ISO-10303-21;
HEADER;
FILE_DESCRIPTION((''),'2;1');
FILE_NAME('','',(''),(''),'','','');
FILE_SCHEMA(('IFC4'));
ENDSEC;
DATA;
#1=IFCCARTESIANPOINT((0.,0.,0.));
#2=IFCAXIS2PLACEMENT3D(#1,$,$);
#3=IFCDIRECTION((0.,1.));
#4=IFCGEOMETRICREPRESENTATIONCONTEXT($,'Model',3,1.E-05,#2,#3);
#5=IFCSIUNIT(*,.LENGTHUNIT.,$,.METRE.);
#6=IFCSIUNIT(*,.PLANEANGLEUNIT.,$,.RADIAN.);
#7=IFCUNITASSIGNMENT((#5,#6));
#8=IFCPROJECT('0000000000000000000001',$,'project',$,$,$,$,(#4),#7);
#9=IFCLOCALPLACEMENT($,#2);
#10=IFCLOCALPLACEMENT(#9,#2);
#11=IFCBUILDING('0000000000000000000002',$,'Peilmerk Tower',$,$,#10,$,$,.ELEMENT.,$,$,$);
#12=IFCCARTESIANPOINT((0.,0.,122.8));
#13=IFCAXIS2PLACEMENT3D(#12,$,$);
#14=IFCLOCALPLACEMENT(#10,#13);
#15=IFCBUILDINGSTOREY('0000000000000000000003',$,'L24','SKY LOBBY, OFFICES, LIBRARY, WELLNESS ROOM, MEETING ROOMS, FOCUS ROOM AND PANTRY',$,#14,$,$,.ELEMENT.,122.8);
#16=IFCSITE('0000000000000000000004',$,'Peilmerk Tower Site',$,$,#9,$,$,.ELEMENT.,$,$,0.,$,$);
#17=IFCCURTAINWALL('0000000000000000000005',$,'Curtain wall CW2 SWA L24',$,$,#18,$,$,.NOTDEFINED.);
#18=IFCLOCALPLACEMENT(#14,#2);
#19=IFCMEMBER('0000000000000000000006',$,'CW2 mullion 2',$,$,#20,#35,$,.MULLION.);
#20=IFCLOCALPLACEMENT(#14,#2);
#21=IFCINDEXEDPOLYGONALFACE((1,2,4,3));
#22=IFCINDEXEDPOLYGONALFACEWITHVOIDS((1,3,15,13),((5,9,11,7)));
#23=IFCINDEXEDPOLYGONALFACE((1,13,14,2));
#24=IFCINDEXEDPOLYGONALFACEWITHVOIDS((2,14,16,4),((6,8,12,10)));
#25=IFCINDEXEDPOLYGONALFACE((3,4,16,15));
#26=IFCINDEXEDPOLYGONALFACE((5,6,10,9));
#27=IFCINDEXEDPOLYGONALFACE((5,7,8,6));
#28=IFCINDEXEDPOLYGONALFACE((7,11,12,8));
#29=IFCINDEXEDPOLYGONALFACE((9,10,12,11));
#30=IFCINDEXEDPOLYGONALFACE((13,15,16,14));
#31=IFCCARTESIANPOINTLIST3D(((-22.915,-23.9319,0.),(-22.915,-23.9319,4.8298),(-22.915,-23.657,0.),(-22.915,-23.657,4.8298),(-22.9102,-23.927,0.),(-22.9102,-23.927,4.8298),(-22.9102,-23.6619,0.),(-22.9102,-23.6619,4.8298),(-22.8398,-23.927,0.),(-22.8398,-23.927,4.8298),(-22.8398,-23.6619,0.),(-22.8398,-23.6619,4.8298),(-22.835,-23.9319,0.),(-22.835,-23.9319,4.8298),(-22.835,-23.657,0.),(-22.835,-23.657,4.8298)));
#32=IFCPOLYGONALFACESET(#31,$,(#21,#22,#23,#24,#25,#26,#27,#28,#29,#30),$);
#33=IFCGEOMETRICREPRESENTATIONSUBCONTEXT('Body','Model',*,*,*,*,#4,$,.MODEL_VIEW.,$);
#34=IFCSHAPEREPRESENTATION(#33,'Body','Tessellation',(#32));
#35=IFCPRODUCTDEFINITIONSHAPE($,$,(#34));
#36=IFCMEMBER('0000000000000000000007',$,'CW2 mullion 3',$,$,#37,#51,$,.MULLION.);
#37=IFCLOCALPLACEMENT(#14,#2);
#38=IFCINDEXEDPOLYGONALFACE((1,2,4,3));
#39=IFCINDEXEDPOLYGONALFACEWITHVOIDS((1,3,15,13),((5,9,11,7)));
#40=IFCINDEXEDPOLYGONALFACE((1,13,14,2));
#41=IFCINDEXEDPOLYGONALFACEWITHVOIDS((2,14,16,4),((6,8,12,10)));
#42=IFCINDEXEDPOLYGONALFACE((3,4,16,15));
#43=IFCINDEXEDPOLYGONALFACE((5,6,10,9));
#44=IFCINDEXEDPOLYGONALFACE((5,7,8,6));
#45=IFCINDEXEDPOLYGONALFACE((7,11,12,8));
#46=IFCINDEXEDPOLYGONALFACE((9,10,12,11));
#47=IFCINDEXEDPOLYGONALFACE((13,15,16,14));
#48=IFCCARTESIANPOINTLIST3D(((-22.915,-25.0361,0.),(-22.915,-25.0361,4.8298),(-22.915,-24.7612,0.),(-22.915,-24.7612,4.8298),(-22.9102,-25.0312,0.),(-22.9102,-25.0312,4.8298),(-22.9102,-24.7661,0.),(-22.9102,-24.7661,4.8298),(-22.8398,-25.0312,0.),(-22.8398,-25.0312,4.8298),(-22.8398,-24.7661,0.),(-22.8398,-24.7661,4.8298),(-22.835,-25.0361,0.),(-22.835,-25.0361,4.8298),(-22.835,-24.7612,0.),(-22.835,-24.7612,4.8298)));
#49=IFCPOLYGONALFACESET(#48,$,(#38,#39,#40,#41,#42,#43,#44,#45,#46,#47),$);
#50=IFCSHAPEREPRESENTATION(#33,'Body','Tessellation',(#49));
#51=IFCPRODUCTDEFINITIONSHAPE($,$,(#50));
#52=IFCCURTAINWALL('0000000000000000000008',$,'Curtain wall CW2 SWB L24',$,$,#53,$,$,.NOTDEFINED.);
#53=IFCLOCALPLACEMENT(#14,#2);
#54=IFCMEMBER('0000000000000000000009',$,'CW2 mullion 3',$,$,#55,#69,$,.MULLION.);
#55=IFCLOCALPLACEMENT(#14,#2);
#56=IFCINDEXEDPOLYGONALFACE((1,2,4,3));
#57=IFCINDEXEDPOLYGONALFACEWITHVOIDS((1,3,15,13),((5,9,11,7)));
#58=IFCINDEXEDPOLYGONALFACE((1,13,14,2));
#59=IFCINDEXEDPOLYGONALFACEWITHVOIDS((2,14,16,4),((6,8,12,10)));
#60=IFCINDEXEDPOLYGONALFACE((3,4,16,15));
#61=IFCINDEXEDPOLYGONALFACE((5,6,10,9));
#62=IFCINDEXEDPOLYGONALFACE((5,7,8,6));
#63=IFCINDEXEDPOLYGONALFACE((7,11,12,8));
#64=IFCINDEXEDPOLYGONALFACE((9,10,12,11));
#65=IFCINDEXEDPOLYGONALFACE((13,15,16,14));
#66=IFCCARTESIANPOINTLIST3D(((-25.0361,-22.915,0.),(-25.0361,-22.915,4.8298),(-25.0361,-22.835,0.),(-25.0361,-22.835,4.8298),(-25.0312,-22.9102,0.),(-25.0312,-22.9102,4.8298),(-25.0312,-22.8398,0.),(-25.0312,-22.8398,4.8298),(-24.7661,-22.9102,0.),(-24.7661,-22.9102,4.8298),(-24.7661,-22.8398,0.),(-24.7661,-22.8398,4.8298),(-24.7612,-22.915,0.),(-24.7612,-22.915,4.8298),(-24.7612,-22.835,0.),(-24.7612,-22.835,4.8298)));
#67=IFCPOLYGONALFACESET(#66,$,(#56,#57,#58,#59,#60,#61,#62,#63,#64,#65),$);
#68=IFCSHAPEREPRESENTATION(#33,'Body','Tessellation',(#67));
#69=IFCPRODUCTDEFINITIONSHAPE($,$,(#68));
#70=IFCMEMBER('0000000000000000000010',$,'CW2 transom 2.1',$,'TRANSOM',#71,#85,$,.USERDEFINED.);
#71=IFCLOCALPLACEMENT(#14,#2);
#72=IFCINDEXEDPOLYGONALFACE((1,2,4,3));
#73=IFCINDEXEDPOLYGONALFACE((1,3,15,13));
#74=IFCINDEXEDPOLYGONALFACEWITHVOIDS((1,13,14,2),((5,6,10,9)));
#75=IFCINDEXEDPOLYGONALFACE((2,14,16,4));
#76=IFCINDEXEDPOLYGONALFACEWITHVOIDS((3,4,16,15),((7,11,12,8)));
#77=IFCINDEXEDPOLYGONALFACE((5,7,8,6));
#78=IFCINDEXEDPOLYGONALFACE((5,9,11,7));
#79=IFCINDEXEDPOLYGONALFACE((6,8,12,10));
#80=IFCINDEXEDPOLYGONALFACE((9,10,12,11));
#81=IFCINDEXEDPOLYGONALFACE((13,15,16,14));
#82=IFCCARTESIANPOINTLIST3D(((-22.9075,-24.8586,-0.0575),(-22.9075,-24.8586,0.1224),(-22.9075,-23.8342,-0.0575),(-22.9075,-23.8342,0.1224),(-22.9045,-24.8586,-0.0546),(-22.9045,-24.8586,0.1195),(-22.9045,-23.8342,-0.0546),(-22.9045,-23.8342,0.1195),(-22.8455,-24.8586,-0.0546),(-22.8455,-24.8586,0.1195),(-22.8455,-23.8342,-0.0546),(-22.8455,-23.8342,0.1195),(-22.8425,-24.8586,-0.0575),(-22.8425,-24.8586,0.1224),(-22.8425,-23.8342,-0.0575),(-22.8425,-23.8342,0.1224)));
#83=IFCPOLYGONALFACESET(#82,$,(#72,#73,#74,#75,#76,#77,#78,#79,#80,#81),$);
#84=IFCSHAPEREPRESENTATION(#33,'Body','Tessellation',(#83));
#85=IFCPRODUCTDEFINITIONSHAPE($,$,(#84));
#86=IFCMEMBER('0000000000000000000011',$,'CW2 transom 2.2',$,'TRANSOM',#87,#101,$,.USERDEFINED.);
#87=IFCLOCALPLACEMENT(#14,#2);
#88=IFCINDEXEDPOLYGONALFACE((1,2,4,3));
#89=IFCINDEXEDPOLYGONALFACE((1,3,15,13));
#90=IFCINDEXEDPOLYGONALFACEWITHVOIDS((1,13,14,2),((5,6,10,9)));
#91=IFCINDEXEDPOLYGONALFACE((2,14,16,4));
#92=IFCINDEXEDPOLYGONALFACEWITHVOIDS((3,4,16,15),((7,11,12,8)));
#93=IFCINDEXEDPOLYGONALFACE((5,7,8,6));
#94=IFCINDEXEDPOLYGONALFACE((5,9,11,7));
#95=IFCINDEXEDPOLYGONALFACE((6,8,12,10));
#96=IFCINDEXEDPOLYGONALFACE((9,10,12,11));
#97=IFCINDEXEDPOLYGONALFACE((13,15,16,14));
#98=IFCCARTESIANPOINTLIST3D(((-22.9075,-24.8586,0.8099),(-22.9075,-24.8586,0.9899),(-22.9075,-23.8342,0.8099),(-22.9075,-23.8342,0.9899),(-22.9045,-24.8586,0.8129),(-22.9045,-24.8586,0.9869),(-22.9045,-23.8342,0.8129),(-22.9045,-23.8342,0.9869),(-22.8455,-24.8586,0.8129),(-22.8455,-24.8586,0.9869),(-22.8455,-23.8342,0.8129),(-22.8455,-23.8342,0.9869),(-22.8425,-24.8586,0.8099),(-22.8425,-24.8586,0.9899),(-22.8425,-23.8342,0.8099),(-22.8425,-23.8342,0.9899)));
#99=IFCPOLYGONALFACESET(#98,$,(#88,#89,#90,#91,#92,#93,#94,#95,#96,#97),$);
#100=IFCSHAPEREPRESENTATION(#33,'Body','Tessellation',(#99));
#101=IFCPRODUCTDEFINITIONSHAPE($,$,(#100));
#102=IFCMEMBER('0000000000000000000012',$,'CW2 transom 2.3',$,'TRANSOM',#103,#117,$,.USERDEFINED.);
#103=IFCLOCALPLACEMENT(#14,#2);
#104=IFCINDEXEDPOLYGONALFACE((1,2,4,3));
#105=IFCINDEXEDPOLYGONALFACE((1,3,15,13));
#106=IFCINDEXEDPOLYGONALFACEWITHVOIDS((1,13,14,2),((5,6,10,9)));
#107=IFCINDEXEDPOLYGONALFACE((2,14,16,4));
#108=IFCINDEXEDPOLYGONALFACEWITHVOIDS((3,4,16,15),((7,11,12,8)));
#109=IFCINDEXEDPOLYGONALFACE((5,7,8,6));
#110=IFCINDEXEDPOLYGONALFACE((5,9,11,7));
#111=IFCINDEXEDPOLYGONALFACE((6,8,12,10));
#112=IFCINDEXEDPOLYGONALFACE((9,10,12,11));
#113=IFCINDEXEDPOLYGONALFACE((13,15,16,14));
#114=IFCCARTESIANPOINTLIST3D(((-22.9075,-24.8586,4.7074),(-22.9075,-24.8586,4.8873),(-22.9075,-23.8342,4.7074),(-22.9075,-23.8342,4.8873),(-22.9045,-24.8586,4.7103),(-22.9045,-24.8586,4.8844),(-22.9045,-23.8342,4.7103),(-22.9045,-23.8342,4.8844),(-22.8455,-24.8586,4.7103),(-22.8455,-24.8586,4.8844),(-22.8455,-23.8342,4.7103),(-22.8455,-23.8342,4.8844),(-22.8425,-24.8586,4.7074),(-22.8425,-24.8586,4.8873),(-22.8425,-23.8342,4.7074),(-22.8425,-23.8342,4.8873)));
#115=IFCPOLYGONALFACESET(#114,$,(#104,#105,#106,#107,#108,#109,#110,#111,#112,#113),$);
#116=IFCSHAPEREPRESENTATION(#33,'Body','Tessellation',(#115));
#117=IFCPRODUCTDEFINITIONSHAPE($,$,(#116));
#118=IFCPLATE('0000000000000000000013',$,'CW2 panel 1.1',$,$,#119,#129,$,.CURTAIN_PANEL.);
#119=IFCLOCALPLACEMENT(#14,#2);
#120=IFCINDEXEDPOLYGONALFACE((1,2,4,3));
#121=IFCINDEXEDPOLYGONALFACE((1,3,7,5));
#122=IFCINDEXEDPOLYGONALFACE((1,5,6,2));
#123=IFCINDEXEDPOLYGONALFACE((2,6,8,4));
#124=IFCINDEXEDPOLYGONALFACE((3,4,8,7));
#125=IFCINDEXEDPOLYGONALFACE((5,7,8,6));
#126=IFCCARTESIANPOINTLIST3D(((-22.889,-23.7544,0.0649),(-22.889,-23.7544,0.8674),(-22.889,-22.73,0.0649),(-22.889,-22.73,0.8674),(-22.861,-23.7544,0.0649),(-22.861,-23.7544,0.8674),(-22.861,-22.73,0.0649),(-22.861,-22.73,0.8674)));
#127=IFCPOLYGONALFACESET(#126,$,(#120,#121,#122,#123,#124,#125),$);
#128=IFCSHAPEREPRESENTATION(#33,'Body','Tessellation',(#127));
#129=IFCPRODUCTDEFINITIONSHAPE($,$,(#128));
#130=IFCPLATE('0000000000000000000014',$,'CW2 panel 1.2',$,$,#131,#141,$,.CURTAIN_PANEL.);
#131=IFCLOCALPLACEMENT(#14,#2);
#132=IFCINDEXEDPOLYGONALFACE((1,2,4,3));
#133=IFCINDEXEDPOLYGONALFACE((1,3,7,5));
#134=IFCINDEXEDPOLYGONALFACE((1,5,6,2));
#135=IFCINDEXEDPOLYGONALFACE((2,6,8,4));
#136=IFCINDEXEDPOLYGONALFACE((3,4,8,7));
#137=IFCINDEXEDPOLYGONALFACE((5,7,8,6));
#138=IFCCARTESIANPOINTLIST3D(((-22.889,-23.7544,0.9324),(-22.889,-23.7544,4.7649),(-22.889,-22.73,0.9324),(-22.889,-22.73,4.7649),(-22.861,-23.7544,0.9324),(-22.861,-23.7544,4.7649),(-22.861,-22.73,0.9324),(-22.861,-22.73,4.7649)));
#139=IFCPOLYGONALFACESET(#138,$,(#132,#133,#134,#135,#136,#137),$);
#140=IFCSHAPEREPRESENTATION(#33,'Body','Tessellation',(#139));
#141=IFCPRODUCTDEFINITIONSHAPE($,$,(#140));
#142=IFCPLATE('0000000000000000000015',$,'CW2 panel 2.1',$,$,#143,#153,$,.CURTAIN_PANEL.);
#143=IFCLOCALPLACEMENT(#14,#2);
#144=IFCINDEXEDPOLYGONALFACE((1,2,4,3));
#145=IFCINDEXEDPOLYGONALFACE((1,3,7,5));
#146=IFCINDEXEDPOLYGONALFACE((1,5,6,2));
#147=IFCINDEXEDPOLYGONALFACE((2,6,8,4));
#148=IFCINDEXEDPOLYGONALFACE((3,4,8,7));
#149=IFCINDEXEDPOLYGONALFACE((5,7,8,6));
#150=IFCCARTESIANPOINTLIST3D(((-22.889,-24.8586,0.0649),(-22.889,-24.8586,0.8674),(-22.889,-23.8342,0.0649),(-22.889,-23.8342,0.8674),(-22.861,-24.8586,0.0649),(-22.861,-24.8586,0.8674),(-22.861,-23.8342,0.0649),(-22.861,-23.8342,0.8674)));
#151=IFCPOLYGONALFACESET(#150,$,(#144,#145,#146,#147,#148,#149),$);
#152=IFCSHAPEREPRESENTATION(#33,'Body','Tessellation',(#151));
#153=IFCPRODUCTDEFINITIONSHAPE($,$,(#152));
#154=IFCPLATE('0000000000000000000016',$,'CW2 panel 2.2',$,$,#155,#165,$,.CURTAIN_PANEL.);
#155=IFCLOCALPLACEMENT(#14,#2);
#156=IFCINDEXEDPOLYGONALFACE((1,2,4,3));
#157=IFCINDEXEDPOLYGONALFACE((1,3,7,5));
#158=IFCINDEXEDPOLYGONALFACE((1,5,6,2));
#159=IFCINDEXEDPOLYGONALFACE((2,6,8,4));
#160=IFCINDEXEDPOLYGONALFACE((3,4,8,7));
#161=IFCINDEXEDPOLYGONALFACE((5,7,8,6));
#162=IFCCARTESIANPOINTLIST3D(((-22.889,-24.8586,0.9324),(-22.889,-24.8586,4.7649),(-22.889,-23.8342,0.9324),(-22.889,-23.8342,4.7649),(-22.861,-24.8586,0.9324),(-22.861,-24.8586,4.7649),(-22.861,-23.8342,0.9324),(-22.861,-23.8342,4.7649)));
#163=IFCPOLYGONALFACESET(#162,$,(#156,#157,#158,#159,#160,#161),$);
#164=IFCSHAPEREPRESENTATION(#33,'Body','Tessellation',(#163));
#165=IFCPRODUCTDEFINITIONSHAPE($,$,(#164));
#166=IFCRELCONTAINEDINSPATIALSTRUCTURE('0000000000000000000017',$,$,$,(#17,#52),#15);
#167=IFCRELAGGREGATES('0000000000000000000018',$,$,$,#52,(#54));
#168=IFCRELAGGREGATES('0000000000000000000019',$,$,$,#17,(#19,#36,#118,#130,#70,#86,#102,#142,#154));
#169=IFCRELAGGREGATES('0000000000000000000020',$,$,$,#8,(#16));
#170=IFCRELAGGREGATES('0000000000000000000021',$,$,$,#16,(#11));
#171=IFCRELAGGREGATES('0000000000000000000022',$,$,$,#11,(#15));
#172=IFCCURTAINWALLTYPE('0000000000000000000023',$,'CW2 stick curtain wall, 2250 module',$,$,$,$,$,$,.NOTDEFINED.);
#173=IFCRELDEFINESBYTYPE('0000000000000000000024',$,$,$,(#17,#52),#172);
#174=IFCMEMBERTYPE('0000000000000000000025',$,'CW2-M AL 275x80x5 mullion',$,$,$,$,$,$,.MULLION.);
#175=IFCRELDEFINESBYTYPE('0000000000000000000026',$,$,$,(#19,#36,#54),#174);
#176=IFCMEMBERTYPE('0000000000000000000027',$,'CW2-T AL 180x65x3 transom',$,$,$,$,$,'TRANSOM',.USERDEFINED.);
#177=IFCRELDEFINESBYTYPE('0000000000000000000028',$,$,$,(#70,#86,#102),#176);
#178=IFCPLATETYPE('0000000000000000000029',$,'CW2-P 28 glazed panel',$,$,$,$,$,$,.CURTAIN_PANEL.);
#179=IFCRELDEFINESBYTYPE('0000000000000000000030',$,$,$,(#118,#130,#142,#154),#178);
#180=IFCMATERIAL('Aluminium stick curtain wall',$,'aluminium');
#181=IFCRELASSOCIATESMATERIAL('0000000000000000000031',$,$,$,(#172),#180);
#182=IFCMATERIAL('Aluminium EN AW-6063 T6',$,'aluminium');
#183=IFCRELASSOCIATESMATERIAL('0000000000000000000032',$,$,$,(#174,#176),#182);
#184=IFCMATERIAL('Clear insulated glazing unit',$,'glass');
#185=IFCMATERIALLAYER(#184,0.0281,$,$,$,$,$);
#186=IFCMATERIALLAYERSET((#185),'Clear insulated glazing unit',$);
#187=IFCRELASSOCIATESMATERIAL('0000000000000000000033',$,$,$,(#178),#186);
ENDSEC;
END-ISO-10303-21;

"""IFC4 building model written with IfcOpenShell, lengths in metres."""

from ifc_helpers import new_model, si_unit, direction, frame, origin, origin_2d, place, context, subcontext, project, spatial, rectangle, hollow_rectangle, extrude, material, layer, layer_set, material_profile, profile_set, type_object, element, aggregate, save


model = new_model("IFC4")

# Units and contexts
model_context = context("Model", 3, precision=1e-05, world=origin(), true_north=direction((0.0, 1.0)))
body_context = subcontext(model_context, "Body", "Model", "MODEL_VIEW")
ifc_project = project(units=[si_unit("LENGTHUNIT", "METRE"), si_unit("PLANEANGLEUNIT", "RADIAN")], contexts=[model_context])

# Site, building, storey
site_placement = place(None, origin())
site = spatial("IfcSite", under=ifc_project, at=site_placement, Name="Peilmerk Tower Site", CompositionType="ELEMENT", RefElevation=0.0)
building_placement = place(site_placement, origin())
building = spatial("IfcBuilding", under=site, at=building_placement, Name="Peilmerk Tower", CompositionType="ELEMENT")
storey_placement = place(building_placement, frame((0.0, 0.0, 122.8)))
storey = spatial("IfcBuildingStorey", under=building, at=storey_placement, Name="L24", Description="SKY LOBBY, OFFICES, LIBRARY, WELLNESS ROOM, MEETING ROOMS, FOCUS ROOM AND PANTRY", CompositionType="ELEMENT", Elevation=122.8)

# Curtain wall, members
ifc_material_1 = material(Name="Aluminium stick curtain wall", Category="aluminium")
curtain_wall_type = type_object("IfcCurtainWallType", Name="CW2 stick curtain wall, 2250 module", PredefinedType="NOTDEFINED", material=ifc_material_1)
curtain_wall_1_placement = place(storey_placement, origin())
curtain_wall_1 = element("IfcCurtainWall", 1, at=curtain_wall_1_placement, inside=storey, type_object=curtain_wall_type, Name="Curtain wall CW2 SWA L24", PredefinedType="NOTDEFINED")
ifc_material_2 = material(Name="Aluminium EN AW-6063 T6", Category="aluminium")
ifc_material_profile_1 = material_profile(ifc_material_2, hollow_rectangle(XDim=0.0801, YDim=0.2749, WallThickness=0.0049, at=origin_2d()), Name="AL 275x80x5")
ifc_profile_set_1 = profile_set([ifc_material_profile_1], Name="Aluminium EN AW-6063 T6")
member_type_1 = type_object("IfcMemberType", Name="CW2-M AL 275x80x5 mullion", PredefinedType="MULLION", material=ifc_profile_set_1)
member_1_placement = place(storey_placement, frame((-22.875, -23.7944, 0.0), z_axis=(0.0, 0.0, 1.0), x_axis=(1.0, 0.0, 0.0)))
member_1 = element("IfcMember", 2, at=member_1_placement, type_object=member_type_1, Name="CW2 mullion 2", PredefinedType="MULLION", context=body_context, shape_type="SweptSolid", body=[
    extrude(hollow_rectangle(XDim=0.0801, YDim=0.2749, WallThickness=0.0049, at=origin_2d()), origin(), (0.0, 0.0, 1.0), 4.8298),
])
member_2_placement = place(storey_placement, frame((-22.875, -24.8987, 0.0), z_axis=(0.0, 0.0, 1.0), x_axis=(1.0, 0.0, 0.0)))
member_2 = element("IfcMember", 3, at=member_2_placement, type_object=member_type_1, Name="CW2 mullion 3", PredefinedType="MULLION", context=body_context, shape_type="SweptSolid", body=[
    extrude(hollow_rectangle(XDim=0.0801, YDim=0.2749, WallThickness=0.0049, at=origin_2d()), origin(), (0.0, 0.0, 1.0), 4.8298),
])

# Curtain wall, member
curtain_wall_2_placement = place(storey_placement, origin())
curtain_wall_2 = element("IfcCurtainWall", 4, at=curtain_wall_2_placement, inside=storey, type_object=curtain_wall_type, Name="Curtain wall CW2 SWB L24", PredefinedType="NOTDEFINED")
member_3_placement = place(storey_placement, frame((-24.8987, -22.875, 0.0), z_axis=(0.0, 0.0, 1.0), x_axis=(0.0, -1.0, 0.0)))
member_3 = element("IfcMember", 5, at=member_3_placement, type_object=member_type_1, Name="CW2 mullion 3", PredefinedType="MULLION", context=body_context, shape_type="SweptSolid", body=[
    extrude(hollow_rectangle(XDim=0.0801, YDim=0.2749, WallThickness=0.0049, at=origin_2d()), origin(), (0.0, 0.0, 1.0), 4.8298),
])
aggregate(curtain_wall_2, [member_3])

# Members
ifc_material_profile_2 = material_profile(ifc_material_2, hollow_rectangle(XDim=0.0649, YDim=0.1799, WallThickness=0.0029, at=origin_2d()), Name="AL 180x65x3")
ifc_profile_set_2 = profile_set([ifc_material_profile_2], Name="Aluminium EN AW-6063 T6")
member_type_2 = type_object("IfcMemberType", Name="CW2-T AL 180x65x3 transom", ElementType="TRANSOM", PredefinedType="USERDEFINED", material=ifc_profile_set_2)
member_4_placement = place(storey_placement, frame((-22.875, -23.8342, 0.0325), z_axis=(0.0, -1.0, 0.0), x_axis=(1.0, 0.0, 0.0)))
member_4 = element("IfcMember", 6, at=member_4_placement, type_object=member_type_2, Name="CW2 transom 2.1", ObjectType="TRANSOM", PredefinedType="USERDEFINED", context=body_context, shape_type="SweptSolid", body=[
    extrude(hollow_rectangle(XDim=0.0649, YDim=0.1799, WallThickness=0.0029, at=origin_2d()), origin(), (0.0, 0.0, 1.0), 1.0244),
])
member_5_placement = place(storey_placement, frame((-22.875, -23.8342, 0.8999), z_axis=(0.0, -1.0, 0.0), x_axis=(1.0, 0.0, 0.0)))
member_5 = element("IfcMember", 7, at=member_5_placement, type_object=member_type_2, Name="CW2 transom 2.2", ObjectType="TRANSOM", PredefinedType="USERDEFINED", context=body_context, shape_type="SweptSolid", body=[
    extrude(hollow_rectangle(XDim=0.0649, YDim=0.1799, WallThickness=0.0029, at=origin_2d()), origin(), (0.0, 0.0, 1.0), 1.0244),
])
member_6_placement = place(storey_placement, frame((-22.875, -23.8342, 4.7974), z_axis=(0.0, -1.0, 0.0), x_axis=(1.0, 0.0, 0.0)))
member_6 = element("IfcMember", 8, at=member_6_placement, type_object=member_type_2, Name="CW2 transom 2.3", ObjectType="TRANSOM", PredefinedType="USERDEFINED", context=body_context, shape_type="SweptSolid", body=[
    extrude(hollow_rectangle(XDim=0.0649, YDim=0.1799, WallThickness=0.0029, at=origin_2d()), origin(), (0.0, 0.0, 1.0), 1.0244),
])

# Plates
ifc_material_3 = material(Name="Clear insulated glazing unit", Category="glass")
ifc_layer_1 = layer(ifc_material_3, 0.0281)
ifc_layer_set_1 = layer_set([ifc_layer_1], Name="Clear insulated glazing unit")
plate_type = type_object("IfcPlateType", Name="CW2-P 28 glazed panel", PredefinedType="CURTAIN_PANEL", material=ifc_layer_set_1)
plate_1_placement = place(storey_placement, frame((-22.875, -23.2422, 0.0649), z_axis=(0.0, 0.0, 1.0), x_axis=(0.0, -1.0, 0.0)))
plate_1 = element("IfcPlate", 9, at=plate_1_placement, type_object=plate_type, Name="CW2 panel 1.1", PredefinedType="CURTAIN_PANEL", context=body_context, shape_type="SweptSolid", body=[
    extrude(rectangle(XDim=1.0244, YDim=0.0281, at=origin_2d()), origin(), (0.0, 0.0, 1.0), 0.8025),
])
plate_2_placement = place(storey_placement, frame((-22.875, -23.2422, 0.9324), z_axis=(0.0, 0.0, 1.0), x_axis=(0.0, -1.0, 0.0)))
plate_2 = element("IfcPlate", 10, at=plate_2_placement, type_object=plate_type, Name="CW2 panel 1.2", PredefinedType="CURTAIN_PANEL", context=body_context, shape_type="SweptSolid", body=[
    extrude(rectangle(XDim=1.0244, YDim=0.0281, at=origin_2d()), origin(), (0.0, 0.0, 1.0), 3.8325),
])
plate_3_placement = place(storey_placement, frame((-22.875, -24.3464, 0.0649), z_axis=(0.0, 0.0, 1.0), x_axis=(0.0, -1.0, 0.0)))
plate_3 = element("IfcPlate", 11, at=plate_3_placement, type_object=plate_type, Name="CW2 panel 2.1", PredefinedType="CURTAIN_PANEL", context=body_context, shape_type="SweptSolid", body=[
    extrude(rectangle(XDim=1.0244, YDim=0.0281, at=origin_2d()), origin(), (0.0, 0.0, 1.0), 0.8025),
])
plate_4_placement = place(storey_placement, frame((-22.875, -24.3464, 0.9324), z_axis=(0.0, 0.0, 1.0), x_axis=(0.0, -1.0, 0.0)))
plate_4 = element("IfcPlate", 12, at=plate_4_placement, type_object=plate_type, Name="CW2 panel 2.2", PredefinedType="CURTAIN_PANEL", context=body_context, shape_type="SweptSolid", body=[
    extrude(rectangle(XDim=1.0244, YDim=0.0281, at=origin_2d()), origin(), (0.0, 0.0, 1.0), 3.8325),
])
aggregate(curtain_wall_1, [member_1, member_2, plate_1, plate_2, member_4, member_5, member_6, plate_3, plate_4])

save(model, "model.ifc")
